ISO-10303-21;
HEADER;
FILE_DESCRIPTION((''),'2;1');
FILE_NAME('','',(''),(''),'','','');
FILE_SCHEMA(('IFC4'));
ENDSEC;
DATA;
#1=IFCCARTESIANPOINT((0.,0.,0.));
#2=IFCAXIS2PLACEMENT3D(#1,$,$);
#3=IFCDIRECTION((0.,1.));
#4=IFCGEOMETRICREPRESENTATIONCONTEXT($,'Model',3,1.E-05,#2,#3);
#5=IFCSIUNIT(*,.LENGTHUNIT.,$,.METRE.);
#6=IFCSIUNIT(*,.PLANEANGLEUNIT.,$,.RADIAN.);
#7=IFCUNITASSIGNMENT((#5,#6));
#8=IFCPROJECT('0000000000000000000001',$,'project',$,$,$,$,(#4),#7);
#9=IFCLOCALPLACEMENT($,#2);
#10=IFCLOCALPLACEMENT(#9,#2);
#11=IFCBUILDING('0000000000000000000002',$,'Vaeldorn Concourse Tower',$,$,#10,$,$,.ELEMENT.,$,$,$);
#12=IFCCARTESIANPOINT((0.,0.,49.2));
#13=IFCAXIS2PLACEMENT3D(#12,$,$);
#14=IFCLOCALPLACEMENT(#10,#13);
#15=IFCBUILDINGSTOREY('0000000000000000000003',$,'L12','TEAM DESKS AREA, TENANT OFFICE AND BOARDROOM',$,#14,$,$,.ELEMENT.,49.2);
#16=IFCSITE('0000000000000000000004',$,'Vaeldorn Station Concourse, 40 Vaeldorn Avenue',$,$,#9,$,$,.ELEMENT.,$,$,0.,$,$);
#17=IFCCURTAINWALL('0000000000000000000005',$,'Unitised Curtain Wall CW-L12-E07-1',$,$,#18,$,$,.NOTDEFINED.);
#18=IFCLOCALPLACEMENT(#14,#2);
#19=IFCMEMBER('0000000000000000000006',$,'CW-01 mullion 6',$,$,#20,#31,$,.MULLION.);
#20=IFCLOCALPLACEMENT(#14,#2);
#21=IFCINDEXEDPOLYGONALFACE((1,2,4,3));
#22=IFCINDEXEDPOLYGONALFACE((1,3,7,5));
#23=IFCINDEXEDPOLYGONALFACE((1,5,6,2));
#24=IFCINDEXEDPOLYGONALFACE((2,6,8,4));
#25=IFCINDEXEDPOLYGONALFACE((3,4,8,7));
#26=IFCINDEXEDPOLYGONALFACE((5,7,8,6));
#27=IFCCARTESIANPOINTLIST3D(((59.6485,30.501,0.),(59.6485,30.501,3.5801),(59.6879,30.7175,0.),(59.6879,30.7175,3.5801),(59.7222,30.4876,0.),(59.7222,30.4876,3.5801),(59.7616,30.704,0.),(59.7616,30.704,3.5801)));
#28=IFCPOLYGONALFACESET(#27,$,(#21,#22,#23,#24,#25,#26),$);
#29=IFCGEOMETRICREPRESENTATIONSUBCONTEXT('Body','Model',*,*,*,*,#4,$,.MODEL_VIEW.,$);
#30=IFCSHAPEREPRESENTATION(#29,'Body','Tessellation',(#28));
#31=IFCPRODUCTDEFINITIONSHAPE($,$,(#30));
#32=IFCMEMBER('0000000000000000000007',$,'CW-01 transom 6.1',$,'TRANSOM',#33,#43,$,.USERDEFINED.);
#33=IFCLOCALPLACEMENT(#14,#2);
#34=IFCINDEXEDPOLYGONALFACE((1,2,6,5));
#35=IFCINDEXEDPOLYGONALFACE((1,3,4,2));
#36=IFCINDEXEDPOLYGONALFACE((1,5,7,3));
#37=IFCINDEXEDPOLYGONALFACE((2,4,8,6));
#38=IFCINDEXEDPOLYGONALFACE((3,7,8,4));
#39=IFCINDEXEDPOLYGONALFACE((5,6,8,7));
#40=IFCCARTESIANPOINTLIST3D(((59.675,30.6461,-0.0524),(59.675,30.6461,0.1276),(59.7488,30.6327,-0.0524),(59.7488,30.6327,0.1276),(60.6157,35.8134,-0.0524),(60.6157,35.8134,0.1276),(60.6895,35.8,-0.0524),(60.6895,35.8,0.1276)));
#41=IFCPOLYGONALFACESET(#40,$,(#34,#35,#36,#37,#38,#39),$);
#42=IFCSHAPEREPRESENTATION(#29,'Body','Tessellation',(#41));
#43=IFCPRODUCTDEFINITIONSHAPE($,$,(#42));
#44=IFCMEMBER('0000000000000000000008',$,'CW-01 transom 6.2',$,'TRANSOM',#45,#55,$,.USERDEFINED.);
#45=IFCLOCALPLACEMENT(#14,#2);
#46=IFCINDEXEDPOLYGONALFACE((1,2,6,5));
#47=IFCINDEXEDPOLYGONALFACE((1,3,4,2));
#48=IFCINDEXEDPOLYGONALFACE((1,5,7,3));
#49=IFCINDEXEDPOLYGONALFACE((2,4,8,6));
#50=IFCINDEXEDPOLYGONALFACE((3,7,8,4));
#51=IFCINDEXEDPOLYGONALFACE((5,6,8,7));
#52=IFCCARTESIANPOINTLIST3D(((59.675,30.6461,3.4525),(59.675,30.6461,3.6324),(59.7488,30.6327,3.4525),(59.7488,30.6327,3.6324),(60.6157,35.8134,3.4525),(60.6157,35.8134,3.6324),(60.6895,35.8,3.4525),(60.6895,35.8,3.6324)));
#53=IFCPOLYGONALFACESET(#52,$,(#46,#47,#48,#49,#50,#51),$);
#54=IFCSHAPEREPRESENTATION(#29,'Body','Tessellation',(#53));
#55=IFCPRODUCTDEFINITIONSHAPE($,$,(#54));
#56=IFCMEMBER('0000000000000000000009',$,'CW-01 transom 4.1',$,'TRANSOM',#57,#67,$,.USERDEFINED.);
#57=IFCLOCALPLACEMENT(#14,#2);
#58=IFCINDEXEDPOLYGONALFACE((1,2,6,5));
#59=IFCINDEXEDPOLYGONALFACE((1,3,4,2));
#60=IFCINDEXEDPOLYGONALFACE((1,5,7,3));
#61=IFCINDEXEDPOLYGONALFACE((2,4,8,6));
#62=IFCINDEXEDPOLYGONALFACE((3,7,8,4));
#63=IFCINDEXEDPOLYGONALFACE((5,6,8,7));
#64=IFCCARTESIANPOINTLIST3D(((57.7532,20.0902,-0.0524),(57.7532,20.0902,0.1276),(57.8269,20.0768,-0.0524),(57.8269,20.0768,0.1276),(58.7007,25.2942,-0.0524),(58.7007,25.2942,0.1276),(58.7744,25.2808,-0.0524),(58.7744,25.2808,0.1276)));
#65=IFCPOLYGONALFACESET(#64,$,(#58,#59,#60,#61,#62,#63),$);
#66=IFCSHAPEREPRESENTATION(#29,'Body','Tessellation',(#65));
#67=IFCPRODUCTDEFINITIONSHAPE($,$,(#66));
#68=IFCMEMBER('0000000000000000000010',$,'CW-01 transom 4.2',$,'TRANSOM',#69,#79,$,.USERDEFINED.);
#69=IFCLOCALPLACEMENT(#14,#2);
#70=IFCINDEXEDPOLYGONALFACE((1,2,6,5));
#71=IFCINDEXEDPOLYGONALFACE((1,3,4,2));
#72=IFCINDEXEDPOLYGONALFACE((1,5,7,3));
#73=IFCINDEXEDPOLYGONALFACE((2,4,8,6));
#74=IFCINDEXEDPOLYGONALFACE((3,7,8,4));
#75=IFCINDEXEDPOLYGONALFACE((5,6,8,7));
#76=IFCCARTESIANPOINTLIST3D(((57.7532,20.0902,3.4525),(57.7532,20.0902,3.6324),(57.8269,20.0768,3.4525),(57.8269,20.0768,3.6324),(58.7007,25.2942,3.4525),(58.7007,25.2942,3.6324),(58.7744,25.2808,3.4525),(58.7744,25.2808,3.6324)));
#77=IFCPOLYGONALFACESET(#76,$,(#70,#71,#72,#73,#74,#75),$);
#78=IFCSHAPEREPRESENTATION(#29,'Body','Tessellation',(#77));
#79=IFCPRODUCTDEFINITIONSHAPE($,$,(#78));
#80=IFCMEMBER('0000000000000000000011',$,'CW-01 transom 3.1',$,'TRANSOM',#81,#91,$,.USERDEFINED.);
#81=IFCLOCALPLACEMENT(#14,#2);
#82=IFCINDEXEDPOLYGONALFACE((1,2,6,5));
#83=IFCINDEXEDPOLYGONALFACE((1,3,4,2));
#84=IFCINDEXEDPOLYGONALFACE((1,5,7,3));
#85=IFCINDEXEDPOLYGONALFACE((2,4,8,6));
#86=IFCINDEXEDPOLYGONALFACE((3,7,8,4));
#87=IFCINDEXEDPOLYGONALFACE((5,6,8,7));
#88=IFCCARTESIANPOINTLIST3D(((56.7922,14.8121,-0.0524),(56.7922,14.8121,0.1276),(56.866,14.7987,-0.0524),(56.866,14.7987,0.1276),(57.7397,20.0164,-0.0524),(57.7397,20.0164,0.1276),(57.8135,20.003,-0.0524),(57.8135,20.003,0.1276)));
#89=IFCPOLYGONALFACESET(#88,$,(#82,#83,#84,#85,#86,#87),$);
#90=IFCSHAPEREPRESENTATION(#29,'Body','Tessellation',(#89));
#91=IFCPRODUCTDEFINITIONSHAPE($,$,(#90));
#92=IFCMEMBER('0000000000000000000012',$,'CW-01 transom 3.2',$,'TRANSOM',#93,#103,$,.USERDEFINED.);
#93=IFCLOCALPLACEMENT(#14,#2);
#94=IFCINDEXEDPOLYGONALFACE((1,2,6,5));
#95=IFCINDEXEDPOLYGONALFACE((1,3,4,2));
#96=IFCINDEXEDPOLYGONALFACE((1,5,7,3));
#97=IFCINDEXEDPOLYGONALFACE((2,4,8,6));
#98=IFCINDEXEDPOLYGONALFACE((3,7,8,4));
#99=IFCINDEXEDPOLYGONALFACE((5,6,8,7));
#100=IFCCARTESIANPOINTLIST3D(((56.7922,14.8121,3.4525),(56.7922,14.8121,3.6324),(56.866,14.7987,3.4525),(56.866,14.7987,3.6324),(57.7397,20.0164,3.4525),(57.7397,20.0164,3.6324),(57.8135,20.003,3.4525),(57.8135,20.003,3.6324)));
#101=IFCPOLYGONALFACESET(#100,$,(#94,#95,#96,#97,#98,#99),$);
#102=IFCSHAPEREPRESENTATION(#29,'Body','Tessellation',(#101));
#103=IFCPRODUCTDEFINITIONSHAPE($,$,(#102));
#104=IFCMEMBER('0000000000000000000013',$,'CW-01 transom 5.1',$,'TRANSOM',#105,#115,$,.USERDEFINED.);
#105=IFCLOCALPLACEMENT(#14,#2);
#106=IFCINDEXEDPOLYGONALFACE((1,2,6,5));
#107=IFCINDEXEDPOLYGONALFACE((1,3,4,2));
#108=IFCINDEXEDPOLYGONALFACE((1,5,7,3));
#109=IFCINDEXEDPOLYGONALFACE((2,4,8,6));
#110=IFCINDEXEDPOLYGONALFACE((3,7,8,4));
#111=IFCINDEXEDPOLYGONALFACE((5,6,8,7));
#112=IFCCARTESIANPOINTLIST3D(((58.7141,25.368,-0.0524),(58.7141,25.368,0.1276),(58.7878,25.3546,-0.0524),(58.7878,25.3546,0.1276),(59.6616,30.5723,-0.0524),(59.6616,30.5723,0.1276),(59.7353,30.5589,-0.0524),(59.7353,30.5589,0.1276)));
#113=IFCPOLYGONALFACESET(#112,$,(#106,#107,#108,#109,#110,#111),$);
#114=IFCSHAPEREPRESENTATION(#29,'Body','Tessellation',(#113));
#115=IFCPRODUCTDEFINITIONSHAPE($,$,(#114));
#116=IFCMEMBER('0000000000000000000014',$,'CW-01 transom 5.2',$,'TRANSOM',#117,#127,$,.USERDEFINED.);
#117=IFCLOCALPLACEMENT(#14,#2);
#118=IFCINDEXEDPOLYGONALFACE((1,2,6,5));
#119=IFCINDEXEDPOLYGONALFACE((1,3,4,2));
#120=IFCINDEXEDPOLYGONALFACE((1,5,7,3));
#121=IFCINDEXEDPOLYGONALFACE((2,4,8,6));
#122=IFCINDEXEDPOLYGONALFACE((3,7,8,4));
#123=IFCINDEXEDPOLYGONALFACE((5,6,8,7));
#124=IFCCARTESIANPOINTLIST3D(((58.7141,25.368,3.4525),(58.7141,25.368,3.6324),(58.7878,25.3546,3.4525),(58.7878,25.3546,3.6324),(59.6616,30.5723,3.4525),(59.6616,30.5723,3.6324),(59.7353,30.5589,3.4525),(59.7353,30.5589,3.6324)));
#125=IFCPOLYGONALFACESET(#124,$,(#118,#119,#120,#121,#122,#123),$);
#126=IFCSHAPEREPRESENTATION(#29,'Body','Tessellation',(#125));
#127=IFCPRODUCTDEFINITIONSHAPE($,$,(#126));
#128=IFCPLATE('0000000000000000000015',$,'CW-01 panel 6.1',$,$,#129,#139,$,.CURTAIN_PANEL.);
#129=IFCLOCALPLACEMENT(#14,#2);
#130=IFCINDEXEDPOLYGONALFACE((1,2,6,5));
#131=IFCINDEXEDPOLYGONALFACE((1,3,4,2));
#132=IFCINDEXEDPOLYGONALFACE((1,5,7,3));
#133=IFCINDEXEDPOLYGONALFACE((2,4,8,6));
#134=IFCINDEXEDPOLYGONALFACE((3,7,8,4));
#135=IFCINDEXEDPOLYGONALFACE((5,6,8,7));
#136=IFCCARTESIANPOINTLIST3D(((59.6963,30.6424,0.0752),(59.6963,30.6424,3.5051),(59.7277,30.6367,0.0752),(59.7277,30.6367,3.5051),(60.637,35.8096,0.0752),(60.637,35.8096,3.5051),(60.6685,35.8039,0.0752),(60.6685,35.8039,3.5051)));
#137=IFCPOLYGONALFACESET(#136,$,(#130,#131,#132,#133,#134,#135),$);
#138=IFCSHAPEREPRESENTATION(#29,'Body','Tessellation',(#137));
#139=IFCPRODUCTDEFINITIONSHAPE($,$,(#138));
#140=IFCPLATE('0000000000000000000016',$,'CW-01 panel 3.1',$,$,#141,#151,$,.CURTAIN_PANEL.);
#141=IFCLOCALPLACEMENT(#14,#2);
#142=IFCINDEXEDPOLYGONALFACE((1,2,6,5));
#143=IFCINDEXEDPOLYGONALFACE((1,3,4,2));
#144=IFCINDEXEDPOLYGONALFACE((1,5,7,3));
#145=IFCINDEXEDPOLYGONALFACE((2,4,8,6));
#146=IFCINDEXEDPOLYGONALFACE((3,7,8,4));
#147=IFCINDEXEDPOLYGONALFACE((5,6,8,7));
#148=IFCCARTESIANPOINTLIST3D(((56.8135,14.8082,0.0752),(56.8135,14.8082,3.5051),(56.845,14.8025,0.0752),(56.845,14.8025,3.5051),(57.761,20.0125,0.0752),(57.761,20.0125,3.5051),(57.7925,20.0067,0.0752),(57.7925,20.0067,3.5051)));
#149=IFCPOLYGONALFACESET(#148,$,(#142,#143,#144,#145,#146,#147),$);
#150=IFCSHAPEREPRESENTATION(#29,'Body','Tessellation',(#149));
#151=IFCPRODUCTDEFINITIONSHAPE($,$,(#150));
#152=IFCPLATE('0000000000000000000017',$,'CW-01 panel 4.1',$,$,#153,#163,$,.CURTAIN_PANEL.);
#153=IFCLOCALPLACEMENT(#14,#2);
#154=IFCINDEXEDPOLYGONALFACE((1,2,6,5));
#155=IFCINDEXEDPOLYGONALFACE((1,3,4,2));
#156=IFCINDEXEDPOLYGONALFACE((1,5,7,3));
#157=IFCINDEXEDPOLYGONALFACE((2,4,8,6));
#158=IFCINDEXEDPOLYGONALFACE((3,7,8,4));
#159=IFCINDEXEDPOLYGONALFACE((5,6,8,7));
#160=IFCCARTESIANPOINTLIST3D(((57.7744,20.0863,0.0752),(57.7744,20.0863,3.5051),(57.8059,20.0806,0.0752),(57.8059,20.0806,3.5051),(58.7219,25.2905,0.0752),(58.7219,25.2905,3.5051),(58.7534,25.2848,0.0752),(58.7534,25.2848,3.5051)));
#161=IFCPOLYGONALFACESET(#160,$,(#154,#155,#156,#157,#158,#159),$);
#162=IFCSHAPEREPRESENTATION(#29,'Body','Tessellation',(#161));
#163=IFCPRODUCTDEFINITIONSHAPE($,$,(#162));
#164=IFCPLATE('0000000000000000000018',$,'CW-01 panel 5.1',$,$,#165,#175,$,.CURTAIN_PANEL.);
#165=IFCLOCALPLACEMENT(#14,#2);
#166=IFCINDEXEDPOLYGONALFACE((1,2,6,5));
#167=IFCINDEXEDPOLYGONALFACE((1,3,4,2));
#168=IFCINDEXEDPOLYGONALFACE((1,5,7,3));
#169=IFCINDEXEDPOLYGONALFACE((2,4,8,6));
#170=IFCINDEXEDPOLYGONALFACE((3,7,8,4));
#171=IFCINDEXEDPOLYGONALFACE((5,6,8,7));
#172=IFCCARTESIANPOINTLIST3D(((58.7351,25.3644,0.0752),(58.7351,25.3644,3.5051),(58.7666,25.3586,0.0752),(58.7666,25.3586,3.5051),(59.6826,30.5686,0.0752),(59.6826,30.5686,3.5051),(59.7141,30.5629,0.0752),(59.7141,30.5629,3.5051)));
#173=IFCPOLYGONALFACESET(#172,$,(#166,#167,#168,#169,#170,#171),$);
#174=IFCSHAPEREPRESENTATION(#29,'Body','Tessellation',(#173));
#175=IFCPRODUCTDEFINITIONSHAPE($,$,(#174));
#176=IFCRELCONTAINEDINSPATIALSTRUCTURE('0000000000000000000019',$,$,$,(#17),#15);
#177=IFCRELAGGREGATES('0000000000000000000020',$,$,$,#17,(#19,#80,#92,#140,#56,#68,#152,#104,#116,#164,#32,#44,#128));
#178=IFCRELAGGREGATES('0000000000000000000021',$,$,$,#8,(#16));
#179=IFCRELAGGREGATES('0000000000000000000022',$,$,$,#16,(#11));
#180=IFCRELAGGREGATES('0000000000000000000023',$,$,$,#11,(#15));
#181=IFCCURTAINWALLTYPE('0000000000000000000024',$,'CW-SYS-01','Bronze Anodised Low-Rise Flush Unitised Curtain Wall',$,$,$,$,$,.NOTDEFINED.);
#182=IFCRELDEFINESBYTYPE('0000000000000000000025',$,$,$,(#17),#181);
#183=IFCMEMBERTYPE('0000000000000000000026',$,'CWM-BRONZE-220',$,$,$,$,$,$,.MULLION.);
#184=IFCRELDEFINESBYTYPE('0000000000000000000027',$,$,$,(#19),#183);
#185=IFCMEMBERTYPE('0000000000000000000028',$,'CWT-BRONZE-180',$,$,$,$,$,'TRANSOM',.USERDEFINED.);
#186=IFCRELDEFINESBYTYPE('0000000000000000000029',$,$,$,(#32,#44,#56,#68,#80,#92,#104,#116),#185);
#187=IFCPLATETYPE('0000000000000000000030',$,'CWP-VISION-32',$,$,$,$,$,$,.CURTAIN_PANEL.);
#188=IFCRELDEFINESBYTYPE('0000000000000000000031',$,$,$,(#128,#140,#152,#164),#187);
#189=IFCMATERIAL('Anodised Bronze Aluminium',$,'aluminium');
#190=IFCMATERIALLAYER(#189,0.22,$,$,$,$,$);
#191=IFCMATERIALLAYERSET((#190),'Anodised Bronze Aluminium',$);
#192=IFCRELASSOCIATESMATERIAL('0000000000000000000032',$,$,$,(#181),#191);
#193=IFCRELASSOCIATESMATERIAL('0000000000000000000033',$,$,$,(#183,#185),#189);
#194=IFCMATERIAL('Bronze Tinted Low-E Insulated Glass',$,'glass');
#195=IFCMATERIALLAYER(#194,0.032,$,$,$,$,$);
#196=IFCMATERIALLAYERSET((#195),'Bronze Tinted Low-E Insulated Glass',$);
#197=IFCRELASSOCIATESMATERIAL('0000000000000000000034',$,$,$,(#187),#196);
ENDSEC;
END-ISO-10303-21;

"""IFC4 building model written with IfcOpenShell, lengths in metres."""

from ifc_helpers import new_model, si_unit, direction, frame, origin, origin_2d, place, context, subcontext, project, spatial, rectangle, extrude, source, transform, mapped, material, layer, layer_set, material_profile, profile_set, type_object, element, aggregate, save


model = new_model("IFC4")

# Units and contexts
model_context = context("Model", 3, precision=1e-05, world=origin(), true_north=direction((0.0, 1.0)))
body_context = subcontext(model_context, "Body", "Model", "MODEL_VIEW")
ifc_project = project(units=[si_unit("LENGTHUNIT", "METRE"), si_unit("PLANEANGLEUNIT", "RADIAN")], contexts=[model_context])

# Site, building, storey
site_placement = place(None, origin())
site = spatial("IfcSite", under=ifc_project, at=site_placement, Name="Vaeldorn Station Concourse, 40 Vaeldorn Avenue", CompositionType="ELEMENT", RefElevation=0.0)
building_placement = place(site_placement, origin())
building = spatial("IfcBuilding", under=site, at=building_placement, Name="Vaeldorn Concourse Tower", CompositionType="ELEMENT")
storey_placement = place(building_placement, frame((0.0, 0.0, 49.2)))
storey = spatial("IfcBuildingStorey", under=building, at=storey_placement, Name="L12", Description="TEAM DESKS AREA, TENANT OFFICE AND BOARDROOM", CompositionType="ELEMENT", Elevation=49.2)

# Curtain wall, members, plates
ifc_material_1 = material(Name="Anodised Bronze Aluminium", Category="aluminium")
ifc_layer_1 = layer(ifc_material_1, 0.22)
ifc_layer_set_1 = layer_set([ifc_layer_1], Name="Anodised Bronze Aluminium")
curtain_wall_type = type_object("IfcCurtainWallType", Name="CW-SYS-01", Description="Bronze Anodised Low-Rise Flush Unitised Curtain Wall", PredefinedType="NOTDEFINED", material=ifc_layer_set_1)
curtain_wall_placement = place(storey_placement, origin())
curtain_wall = element("IfcCurtainWall", 1, at=curtain_wall_placement, inside=storey, type_object=curtain_wall_type, Name="Unitised Curtain Wall CW-L12-E07-1", PredefinedType="NOTDEFINED")
ifc_material_profile_1 = material_profile(ifc_material_1, rectangle(XDim=0.075, YDim=0.22, at=origin_2d()), Name="CWM 75x220")
ifc_profile_set_1 = profile_set([ifc_material_profile_1], Name="Anodised Bronze Aluminium")
member_type_1 = type_object("IfcMemberType", Name="CWM-BRONZE-220", PredefinedType="MULLION", material=ifc_profile_set_1)
shared_shape_1 = source(origin(), body_context, "Body", "SweptSolid", [
    extrude(rectangle(XDim=0.075, YDim=0.22, at=origin_2d()), origin(), (0.0, 0.0, 1.0), 3.5801),
])
member_1_placement = place(storey_placement, frame((59.7051, 30.6025, 0.0), z_axis=(0.0, 0.0, 1.0), x_axis=(-0.983828, 0.179117, 0.0)))
member_1 = element("IfcMember", 2, at=member_1_placement, type_object=member_type_1, Name="CW-01 mullion 6", PredefinedType="MULLION", context=body_context, shape_type="MappedRepresentation", body=[
    mapped(shared_shape_1, transform((0.0, 0.0, 0.0), scale=1.0)),
])
ifc_material_profile_2 = material_profile(ifc_material_1, rectangle(XDim=0.075, YDim=0.1799, at=origin_2d()), Name="CWT 75x180")
ifc_profile_set_2 = profile_set([ifc_material_profile_2], Name="Anodised Bronze Aluminium")
member_type_2 = type_object("IfcMemberType", Name="CWT-BRONZE-180", ElementType="TRANSOM", PredefinedType="USERDEFINED", material=ifc_profile_set_2)
shared_shape_2 = source(origin(), body_context, "Body", "SweptSolid", [
    extrude(rectangle(XDim=0.075, YDim=0.1799, at=origin_2d()), origin(), (0.0, 0.0, 1.0), 5.2522),
])
member_2_placement = place(storey_placement, frame((59.7119, 30.6394, 0.0376), z_axis=(0.179102, 0.98383, 0.0), x_axis=(-0.98383, 0.179102, 0.0)))
member_2 = element("IfcMember", 3, at=member_2_placement, type_object=member_type_2, Name="CW-01 transom 6.1", ObjectType="TRANSOM", PredefinedType="USERDEFINED", context=body_context, shape_type="MappedRepresentation", body=[
    mapped(shared_shape_2, transform((0.0, 0.0, 0.0), scale=1.0)),
])
member_3_placement = place(storey_placement, frame((59.7119, 30.6394, 3.5425), z_axis=(0.179102, 0.98383, 0.0), x_axis=(-0.98383, 0.179102, 0.0)))
member_3 = element("IfcMember", 4, at=member_3_placement, type_object=member_type_2, Name="CW-01 transom 6.2", ObjectType="TRANSOM", PredefinedType="USERDEFINED", context=body_context, shape_type="MappedRepresentation", body=[
    mapped(shared_shape_2, transform((0.0, 0.0, 0.0), scale=1.0)),
])
shared_shape_3 = source(origin(), body_context, "Body", "SweptSolid", [
    extrude(rectangle(XDim=0.075, YDim=0.1799, at=origin_2d()), origin(), (0.0, 0.0, 1.0), 5.2896),
])
member_4_placement = place(storey_placement, frame((57.79, 20.0835, 0.0376), z_axis=(0.179125, 0.983826, 0.0), x_axis=(-0.983826, 0.179125, 0.0)))
member_4 = element("IfcMember", 5, at=member_4_placement, type_object=member_type_2, Name="CW-01 transom 4.1", ObjectType="TRANSOM", PredefinedType="USERDEFINED", context=body_context, shape_type="MappedRepresentation", body=[
    mapped(shared_shape_3, transform((0.0, 0.0, 0.0), scale=1.0)),
])
member_5_placement = place(storey_placement, frame((57.79, 20.0835, 3.5425), z_axis=(0.179125, 0.983826, 0.0), x_axis=(-0.983826, 0.179125, 0.0)))
member_5 = element("IfcMember", 6, at=member_5_placement, type_object=member_type_2, Name="CW-01 transom 4.2", ObjectType="TRANSOM", PredefinedType="USERDEFINED", context=body_context, shape_type="MappedRepresentation", body=[
    mapped(shared_shape_3, transform((0.0, 0.0, 0.0), scale=1.0)),
])
shared_shape_4 = source(origin(), body_context, "Body", "SweptSolid", [
    extrude(rectangle(XDim=0.075, YDim=0.1799, at=origin_2d()), origin(), (0.0, 0.0, 1.0), 5.2898),
])
member_6_placement = place(storey_placement, frame((56.8291, 14.8054, 0.0376), z_axis=(0.179117, 0.983828, 0.0), x_axis=(-0.983828, 0.179117, 0.0)))
member_6 = element("IfcMember", 7, at=member_6_placement, type_object=member_type_2, Name="CW-01 transom 3.1", ObjectType="TRANSOM", PredefinedType="USERDEFINED", context=body_context, shape_type="MappedRepresentation", body=[
    mapped(shared_shape_4, transform((0.0, 0.0, 0.0), scale=1.0)),
])
member_7_placement = place(storey_placement, frame((56.8291, 14.8054, 3.5425), z_axis=(0.179117, 0.983828, 0.0), x_axis=(-0.983828, 0.179117, 0.0)))
member_7 = element("IfcMember", 8, at=member_7_placement, type_object=member_type_2, Name="CW-01 transom 3.2", ObjectType="TRANSOM", PredefinedType="USERDEFINED", context=body_context, shape_type="MappedRepresentation", body=[
    mapped(shared_shape_4, transform((0.0, 0.0, 0.0), scale=1.0)),
])
member_8_placement = place(storey_placement, frame((58.751, 25.3613, 0.0376), z_axis=(0.179117, 0.983828, 0.0), x_axis=(-0.983828, 0.179117, 0.0)))
member_8 = element("IfcMember", 9, at=member_8_placement, type_object=member_type_2, Name="CW-01 transom 5.1", ObjectType="TRANSOM", PredefinedType="USERDEFINED", context=body_context, shape_type="MappedRepresentation", body=[
    mapped(shared_shape_4, transform((0.0, 0.0, 0.0), scale=1.0)),
])
member_9_placement = place(storey_placement, frame((58.751, 25.3613, 3.5425), z_axis=(0.179117, 0.983828, 0.0), x_axis=(-0.983828, 0.179117, 0.0)))
member_9 = element("IfcMember", 10, at=member_9_placement, type_object=member_type_2, Name="CW-01 transom 5.2", ObjectType="TRANSOM", PredefinedType="USERDEFINED", context=body_context, shape_type="MappedRepresentation", body=[
    mapped(shared_shape_4, transform((0.0, 0.0, 0.0), scale=1.0)),
])
ifc_material_2 = material(Name="Bronze Tinted Low-E Insulated Glass", Category="glass")
ifc_layer_2 = layer(ifc_material_2, 0.032)
ifc_layer_set_2 = layer_set([ifc_layer_2], Name="Bronze Tinted Low-E Insulated Glass")
plate_type = type_object("IfcPlateType", Name="CWP-VISION-32", PredefinedType="CURTAIN_PANEL", material=ifc_layer_set_2)
shared_shape_5 = source(origin(), body_context, "Body", "SweptSolid", [
    extrude(rectangle(XDim=5.2522, YDim=0.032, at=origin_2d()), origin(), (0.0, 0.0, 1.0), 3.4299),
])
plate_1_placement = place(storey_placement, frame((60.1824, 33.2231, 0.0752), z_axis=(0.0, 0.0, 1.0), x_axis=(0.179117, 0.983828, 0.0)))
plate_1 = element("IfcPlate", 11, at=plate_1_placement, type_object=plate_type, Name="CW-01 panel 6.1", PredefinedType="CURTAIN_PANEL", context=body_context, shape_type="MappedRepresentation", body=[
    mapped(shared_shape_5, transform((0.0, 0.0, 0.0), scale=1.0)),
])
shared_shape_6 = source(origin(), body_context, "Body", "SweptSolid", [
    extrude(rectangle(XDim=5.2898, YDim=0.032, at=origin_2d()), origin(), (0.0, 0.0, 1.0), 3.4299),
])
plate_2_placement = place(storey_placement, frame((57.303, 17.4075, 0.0752), z_axis=(0.0, 0.0, 1.0), x_axis=(0.179117, 0.983828, 0.0)))
plate_2 = element("IfcPlate", 12, at=plate_2_placement, type_object=plate_type, Name="CW-01 panel 3.1", PredefinedType="CURTAIN_PANEL", context=body_context, shape_type="MappedRepresentation", body=[
    mapped(shared_shape_6, transform((0.0, 0.0, 0.0), scale=1.0)),
])
plate_3_placement = place(storey_placement, frame((58.2639, 22.6855, 0.0752), z_axis=(0.0, 0.0, 1.0), x_axis=(0.179117, 0.983828, 0.0)))
plate_3 = element("IfcPlate", 13, at=plate_3_placement, type_object=plate_type, Name="CW-01 panel 4.1", PredefinedType="CURTAIN_PANEL", context=body_context, shape_type="MappedRepresentation", body=[
    mapped(shared_shape_6, transform((0.0, 0.0, 0.0), scale=1.0)),
])
plate_4_placement = place(storey_placement, frame((59.2246, 27.9636, 0.0752), z_axis=(0.0, 0.0, 1.0), x_axis=(0.179117, 0.983828, 0.0)))
plate_4 = element("IfcPlate", 14, at=plate_4_placement, type_object=plate_type, Name="CW-01 panel 5.1", PredefinedType="CURTAIN_PANEL", context=body_context, shape_type="MappedRepresentation", body=[
    mapped(shared_shape_6, transform((0.0, 0.0, 0.0), scale=1.0)),
])
aggregate(curtain_wall, [member_1, member_6, member_7, plate_2, member_4, member_5, plate_3, member_8, member_9, plate_4, member_2, member_3, plate_1])

save(model, "model.ifc")
